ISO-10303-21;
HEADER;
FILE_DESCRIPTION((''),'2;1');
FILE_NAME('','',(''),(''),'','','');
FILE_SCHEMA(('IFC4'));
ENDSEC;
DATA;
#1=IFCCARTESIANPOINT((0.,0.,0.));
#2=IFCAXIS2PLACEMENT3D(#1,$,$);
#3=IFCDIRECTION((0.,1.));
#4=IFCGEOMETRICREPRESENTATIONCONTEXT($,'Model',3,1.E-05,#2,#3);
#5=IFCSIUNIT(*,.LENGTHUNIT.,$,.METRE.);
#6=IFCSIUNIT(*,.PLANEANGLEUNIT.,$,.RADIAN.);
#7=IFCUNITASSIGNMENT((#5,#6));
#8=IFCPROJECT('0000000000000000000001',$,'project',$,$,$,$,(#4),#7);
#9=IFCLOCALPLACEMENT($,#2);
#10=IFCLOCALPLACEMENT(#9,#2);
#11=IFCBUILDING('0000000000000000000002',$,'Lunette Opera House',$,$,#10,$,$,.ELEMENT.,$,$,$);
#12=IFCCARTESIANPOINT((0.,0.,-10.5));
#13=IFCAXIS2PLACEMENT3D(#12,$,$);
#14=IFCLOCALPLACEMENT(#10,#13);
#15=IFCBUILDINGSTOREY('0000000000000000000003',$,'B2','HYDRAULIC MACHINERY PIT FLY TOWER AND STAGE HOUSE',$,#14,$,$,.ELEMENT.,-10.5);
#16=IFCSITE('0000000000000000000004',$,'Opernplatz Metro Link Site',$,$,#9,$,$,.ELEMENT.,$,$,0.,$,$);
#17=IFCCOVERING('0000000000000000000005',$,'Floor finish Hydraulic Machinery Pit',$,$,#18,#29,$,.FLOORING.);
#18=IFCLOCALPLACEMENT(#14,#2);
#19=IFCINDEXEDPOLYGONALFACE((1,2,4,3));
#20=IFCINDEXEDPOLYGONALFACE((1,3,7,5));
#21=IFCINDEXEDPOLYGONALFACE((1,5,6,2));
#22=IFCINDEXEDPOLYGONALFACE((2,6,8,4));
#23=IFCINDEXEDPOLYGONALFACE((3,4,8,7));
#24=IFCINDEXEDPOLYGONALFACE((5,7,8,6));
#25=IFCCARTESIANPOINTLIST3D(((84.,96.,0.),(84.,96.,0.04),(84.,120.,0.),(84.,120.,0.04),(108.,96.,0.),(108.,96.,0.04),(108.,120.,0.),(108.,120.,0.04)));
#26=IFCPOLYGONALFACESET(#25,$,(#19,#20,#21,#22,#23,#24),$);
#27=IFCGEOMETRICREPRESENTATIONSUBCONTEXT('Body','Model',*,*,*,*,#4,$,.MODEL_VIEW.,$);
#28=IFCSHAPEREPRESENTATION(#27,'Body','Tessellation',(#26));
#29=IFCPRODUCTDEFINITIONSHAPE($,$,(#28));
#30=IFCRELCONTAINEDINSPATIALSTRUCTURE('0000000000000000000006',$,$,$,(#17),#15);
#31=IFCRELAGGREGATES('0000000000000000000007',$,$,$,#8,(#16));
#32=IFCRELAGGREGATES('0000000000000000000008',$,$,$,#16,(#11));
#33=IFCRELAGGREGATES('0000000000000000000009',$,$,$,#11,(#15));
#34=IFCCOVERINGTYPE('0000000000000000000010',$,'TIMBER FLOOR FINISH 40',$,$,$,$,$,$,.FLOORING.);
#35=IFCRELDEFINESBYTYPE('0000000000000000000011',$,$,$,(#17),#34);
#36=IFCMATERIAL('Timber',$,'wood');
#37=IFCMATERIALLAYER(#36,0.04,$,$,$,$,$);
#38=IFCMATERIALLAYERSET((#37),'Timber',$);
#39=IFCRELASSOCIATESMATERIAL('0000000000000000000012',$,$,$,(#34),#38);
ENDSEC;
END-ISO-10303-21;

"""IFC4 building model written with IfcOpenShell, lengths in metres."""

from ifc_helpers import new_model, si_unit, direction, frame, origin, place, context, subcontext, project, spatial, polyline, outline, extrude, material, layer, layer_set, type_object, element, save


model = new_model("IFC4")

# Units and contexts
model_context = context("Model", 3, precision=1e-05, world=origin(), true_north=direction((0.0, 1.0)))
body_context = subcontext(model_context, "Body", "Model", "MODEL_VIEW")
ifc_project = project(units=[si_unit("LENGTHUNIT", "METRE"), si_unit("PLANEANGLEUNIT", "RADIAN")], contexts=[model_context])

# Site, building, storey
site_placement = place(None, origin())
site = spatial("IfcSite", under=ifc_project, at=site_placement, Name="Opernplatz Metro Link Site", CompositionType="ELEMENT", RefElevation=0.0)
building_placement = place(site_placement, origin())
building = spatial("IfcBuilding", under=site, at=building_placement, Name="Lunette Opera House", CompositionType="ELEMENT")
storey_placement = place(building_placement, frame((0.0, 0.0, -10.5)))
storey = spatial("IfcBuildingStorey", under=building, at=storey_placement, Name="B2", Description="HYDRAULIC MACHINERY PIT FLY TOWER AND STAGE HOUSE", CompositionType="ELEMENT", Elevation=-10.5)

# Covering
ifc_material_1 = material(Name="Timber", Category="wood")
ifc_layer_1 = layer(ifc_material_1, 0.04)
ifc_layer_set_1 = layer_set([ifc_layer_1], Name="Timber")
covering_type_1 = type_object("IfcCoveringType", Name="TIMBER FLOOR FINISH 40", PredefinedType="FLOORING", material=ifc_layer_set_1)
covering_1_placement = place(storey_placement, origin())
element("IfcCovering", 1, at=covering_1_placement, inside=storey, type_object=covering_type_1, Name="Floor finish Hydraulic Machinery Pit", PredefinedType="FLOORING", context=body_context, shape_type="SweptSolid", body=[
    extrude(outline(polyline([(108.0, 96.0), (108.0, 120.0), (84.0, 120.0), (84.0, 96.0), (108.0, 96.0)])), origin(), (0.0, 0.0, 1.0), 0.04),
])

save(model, "model.ifc")
